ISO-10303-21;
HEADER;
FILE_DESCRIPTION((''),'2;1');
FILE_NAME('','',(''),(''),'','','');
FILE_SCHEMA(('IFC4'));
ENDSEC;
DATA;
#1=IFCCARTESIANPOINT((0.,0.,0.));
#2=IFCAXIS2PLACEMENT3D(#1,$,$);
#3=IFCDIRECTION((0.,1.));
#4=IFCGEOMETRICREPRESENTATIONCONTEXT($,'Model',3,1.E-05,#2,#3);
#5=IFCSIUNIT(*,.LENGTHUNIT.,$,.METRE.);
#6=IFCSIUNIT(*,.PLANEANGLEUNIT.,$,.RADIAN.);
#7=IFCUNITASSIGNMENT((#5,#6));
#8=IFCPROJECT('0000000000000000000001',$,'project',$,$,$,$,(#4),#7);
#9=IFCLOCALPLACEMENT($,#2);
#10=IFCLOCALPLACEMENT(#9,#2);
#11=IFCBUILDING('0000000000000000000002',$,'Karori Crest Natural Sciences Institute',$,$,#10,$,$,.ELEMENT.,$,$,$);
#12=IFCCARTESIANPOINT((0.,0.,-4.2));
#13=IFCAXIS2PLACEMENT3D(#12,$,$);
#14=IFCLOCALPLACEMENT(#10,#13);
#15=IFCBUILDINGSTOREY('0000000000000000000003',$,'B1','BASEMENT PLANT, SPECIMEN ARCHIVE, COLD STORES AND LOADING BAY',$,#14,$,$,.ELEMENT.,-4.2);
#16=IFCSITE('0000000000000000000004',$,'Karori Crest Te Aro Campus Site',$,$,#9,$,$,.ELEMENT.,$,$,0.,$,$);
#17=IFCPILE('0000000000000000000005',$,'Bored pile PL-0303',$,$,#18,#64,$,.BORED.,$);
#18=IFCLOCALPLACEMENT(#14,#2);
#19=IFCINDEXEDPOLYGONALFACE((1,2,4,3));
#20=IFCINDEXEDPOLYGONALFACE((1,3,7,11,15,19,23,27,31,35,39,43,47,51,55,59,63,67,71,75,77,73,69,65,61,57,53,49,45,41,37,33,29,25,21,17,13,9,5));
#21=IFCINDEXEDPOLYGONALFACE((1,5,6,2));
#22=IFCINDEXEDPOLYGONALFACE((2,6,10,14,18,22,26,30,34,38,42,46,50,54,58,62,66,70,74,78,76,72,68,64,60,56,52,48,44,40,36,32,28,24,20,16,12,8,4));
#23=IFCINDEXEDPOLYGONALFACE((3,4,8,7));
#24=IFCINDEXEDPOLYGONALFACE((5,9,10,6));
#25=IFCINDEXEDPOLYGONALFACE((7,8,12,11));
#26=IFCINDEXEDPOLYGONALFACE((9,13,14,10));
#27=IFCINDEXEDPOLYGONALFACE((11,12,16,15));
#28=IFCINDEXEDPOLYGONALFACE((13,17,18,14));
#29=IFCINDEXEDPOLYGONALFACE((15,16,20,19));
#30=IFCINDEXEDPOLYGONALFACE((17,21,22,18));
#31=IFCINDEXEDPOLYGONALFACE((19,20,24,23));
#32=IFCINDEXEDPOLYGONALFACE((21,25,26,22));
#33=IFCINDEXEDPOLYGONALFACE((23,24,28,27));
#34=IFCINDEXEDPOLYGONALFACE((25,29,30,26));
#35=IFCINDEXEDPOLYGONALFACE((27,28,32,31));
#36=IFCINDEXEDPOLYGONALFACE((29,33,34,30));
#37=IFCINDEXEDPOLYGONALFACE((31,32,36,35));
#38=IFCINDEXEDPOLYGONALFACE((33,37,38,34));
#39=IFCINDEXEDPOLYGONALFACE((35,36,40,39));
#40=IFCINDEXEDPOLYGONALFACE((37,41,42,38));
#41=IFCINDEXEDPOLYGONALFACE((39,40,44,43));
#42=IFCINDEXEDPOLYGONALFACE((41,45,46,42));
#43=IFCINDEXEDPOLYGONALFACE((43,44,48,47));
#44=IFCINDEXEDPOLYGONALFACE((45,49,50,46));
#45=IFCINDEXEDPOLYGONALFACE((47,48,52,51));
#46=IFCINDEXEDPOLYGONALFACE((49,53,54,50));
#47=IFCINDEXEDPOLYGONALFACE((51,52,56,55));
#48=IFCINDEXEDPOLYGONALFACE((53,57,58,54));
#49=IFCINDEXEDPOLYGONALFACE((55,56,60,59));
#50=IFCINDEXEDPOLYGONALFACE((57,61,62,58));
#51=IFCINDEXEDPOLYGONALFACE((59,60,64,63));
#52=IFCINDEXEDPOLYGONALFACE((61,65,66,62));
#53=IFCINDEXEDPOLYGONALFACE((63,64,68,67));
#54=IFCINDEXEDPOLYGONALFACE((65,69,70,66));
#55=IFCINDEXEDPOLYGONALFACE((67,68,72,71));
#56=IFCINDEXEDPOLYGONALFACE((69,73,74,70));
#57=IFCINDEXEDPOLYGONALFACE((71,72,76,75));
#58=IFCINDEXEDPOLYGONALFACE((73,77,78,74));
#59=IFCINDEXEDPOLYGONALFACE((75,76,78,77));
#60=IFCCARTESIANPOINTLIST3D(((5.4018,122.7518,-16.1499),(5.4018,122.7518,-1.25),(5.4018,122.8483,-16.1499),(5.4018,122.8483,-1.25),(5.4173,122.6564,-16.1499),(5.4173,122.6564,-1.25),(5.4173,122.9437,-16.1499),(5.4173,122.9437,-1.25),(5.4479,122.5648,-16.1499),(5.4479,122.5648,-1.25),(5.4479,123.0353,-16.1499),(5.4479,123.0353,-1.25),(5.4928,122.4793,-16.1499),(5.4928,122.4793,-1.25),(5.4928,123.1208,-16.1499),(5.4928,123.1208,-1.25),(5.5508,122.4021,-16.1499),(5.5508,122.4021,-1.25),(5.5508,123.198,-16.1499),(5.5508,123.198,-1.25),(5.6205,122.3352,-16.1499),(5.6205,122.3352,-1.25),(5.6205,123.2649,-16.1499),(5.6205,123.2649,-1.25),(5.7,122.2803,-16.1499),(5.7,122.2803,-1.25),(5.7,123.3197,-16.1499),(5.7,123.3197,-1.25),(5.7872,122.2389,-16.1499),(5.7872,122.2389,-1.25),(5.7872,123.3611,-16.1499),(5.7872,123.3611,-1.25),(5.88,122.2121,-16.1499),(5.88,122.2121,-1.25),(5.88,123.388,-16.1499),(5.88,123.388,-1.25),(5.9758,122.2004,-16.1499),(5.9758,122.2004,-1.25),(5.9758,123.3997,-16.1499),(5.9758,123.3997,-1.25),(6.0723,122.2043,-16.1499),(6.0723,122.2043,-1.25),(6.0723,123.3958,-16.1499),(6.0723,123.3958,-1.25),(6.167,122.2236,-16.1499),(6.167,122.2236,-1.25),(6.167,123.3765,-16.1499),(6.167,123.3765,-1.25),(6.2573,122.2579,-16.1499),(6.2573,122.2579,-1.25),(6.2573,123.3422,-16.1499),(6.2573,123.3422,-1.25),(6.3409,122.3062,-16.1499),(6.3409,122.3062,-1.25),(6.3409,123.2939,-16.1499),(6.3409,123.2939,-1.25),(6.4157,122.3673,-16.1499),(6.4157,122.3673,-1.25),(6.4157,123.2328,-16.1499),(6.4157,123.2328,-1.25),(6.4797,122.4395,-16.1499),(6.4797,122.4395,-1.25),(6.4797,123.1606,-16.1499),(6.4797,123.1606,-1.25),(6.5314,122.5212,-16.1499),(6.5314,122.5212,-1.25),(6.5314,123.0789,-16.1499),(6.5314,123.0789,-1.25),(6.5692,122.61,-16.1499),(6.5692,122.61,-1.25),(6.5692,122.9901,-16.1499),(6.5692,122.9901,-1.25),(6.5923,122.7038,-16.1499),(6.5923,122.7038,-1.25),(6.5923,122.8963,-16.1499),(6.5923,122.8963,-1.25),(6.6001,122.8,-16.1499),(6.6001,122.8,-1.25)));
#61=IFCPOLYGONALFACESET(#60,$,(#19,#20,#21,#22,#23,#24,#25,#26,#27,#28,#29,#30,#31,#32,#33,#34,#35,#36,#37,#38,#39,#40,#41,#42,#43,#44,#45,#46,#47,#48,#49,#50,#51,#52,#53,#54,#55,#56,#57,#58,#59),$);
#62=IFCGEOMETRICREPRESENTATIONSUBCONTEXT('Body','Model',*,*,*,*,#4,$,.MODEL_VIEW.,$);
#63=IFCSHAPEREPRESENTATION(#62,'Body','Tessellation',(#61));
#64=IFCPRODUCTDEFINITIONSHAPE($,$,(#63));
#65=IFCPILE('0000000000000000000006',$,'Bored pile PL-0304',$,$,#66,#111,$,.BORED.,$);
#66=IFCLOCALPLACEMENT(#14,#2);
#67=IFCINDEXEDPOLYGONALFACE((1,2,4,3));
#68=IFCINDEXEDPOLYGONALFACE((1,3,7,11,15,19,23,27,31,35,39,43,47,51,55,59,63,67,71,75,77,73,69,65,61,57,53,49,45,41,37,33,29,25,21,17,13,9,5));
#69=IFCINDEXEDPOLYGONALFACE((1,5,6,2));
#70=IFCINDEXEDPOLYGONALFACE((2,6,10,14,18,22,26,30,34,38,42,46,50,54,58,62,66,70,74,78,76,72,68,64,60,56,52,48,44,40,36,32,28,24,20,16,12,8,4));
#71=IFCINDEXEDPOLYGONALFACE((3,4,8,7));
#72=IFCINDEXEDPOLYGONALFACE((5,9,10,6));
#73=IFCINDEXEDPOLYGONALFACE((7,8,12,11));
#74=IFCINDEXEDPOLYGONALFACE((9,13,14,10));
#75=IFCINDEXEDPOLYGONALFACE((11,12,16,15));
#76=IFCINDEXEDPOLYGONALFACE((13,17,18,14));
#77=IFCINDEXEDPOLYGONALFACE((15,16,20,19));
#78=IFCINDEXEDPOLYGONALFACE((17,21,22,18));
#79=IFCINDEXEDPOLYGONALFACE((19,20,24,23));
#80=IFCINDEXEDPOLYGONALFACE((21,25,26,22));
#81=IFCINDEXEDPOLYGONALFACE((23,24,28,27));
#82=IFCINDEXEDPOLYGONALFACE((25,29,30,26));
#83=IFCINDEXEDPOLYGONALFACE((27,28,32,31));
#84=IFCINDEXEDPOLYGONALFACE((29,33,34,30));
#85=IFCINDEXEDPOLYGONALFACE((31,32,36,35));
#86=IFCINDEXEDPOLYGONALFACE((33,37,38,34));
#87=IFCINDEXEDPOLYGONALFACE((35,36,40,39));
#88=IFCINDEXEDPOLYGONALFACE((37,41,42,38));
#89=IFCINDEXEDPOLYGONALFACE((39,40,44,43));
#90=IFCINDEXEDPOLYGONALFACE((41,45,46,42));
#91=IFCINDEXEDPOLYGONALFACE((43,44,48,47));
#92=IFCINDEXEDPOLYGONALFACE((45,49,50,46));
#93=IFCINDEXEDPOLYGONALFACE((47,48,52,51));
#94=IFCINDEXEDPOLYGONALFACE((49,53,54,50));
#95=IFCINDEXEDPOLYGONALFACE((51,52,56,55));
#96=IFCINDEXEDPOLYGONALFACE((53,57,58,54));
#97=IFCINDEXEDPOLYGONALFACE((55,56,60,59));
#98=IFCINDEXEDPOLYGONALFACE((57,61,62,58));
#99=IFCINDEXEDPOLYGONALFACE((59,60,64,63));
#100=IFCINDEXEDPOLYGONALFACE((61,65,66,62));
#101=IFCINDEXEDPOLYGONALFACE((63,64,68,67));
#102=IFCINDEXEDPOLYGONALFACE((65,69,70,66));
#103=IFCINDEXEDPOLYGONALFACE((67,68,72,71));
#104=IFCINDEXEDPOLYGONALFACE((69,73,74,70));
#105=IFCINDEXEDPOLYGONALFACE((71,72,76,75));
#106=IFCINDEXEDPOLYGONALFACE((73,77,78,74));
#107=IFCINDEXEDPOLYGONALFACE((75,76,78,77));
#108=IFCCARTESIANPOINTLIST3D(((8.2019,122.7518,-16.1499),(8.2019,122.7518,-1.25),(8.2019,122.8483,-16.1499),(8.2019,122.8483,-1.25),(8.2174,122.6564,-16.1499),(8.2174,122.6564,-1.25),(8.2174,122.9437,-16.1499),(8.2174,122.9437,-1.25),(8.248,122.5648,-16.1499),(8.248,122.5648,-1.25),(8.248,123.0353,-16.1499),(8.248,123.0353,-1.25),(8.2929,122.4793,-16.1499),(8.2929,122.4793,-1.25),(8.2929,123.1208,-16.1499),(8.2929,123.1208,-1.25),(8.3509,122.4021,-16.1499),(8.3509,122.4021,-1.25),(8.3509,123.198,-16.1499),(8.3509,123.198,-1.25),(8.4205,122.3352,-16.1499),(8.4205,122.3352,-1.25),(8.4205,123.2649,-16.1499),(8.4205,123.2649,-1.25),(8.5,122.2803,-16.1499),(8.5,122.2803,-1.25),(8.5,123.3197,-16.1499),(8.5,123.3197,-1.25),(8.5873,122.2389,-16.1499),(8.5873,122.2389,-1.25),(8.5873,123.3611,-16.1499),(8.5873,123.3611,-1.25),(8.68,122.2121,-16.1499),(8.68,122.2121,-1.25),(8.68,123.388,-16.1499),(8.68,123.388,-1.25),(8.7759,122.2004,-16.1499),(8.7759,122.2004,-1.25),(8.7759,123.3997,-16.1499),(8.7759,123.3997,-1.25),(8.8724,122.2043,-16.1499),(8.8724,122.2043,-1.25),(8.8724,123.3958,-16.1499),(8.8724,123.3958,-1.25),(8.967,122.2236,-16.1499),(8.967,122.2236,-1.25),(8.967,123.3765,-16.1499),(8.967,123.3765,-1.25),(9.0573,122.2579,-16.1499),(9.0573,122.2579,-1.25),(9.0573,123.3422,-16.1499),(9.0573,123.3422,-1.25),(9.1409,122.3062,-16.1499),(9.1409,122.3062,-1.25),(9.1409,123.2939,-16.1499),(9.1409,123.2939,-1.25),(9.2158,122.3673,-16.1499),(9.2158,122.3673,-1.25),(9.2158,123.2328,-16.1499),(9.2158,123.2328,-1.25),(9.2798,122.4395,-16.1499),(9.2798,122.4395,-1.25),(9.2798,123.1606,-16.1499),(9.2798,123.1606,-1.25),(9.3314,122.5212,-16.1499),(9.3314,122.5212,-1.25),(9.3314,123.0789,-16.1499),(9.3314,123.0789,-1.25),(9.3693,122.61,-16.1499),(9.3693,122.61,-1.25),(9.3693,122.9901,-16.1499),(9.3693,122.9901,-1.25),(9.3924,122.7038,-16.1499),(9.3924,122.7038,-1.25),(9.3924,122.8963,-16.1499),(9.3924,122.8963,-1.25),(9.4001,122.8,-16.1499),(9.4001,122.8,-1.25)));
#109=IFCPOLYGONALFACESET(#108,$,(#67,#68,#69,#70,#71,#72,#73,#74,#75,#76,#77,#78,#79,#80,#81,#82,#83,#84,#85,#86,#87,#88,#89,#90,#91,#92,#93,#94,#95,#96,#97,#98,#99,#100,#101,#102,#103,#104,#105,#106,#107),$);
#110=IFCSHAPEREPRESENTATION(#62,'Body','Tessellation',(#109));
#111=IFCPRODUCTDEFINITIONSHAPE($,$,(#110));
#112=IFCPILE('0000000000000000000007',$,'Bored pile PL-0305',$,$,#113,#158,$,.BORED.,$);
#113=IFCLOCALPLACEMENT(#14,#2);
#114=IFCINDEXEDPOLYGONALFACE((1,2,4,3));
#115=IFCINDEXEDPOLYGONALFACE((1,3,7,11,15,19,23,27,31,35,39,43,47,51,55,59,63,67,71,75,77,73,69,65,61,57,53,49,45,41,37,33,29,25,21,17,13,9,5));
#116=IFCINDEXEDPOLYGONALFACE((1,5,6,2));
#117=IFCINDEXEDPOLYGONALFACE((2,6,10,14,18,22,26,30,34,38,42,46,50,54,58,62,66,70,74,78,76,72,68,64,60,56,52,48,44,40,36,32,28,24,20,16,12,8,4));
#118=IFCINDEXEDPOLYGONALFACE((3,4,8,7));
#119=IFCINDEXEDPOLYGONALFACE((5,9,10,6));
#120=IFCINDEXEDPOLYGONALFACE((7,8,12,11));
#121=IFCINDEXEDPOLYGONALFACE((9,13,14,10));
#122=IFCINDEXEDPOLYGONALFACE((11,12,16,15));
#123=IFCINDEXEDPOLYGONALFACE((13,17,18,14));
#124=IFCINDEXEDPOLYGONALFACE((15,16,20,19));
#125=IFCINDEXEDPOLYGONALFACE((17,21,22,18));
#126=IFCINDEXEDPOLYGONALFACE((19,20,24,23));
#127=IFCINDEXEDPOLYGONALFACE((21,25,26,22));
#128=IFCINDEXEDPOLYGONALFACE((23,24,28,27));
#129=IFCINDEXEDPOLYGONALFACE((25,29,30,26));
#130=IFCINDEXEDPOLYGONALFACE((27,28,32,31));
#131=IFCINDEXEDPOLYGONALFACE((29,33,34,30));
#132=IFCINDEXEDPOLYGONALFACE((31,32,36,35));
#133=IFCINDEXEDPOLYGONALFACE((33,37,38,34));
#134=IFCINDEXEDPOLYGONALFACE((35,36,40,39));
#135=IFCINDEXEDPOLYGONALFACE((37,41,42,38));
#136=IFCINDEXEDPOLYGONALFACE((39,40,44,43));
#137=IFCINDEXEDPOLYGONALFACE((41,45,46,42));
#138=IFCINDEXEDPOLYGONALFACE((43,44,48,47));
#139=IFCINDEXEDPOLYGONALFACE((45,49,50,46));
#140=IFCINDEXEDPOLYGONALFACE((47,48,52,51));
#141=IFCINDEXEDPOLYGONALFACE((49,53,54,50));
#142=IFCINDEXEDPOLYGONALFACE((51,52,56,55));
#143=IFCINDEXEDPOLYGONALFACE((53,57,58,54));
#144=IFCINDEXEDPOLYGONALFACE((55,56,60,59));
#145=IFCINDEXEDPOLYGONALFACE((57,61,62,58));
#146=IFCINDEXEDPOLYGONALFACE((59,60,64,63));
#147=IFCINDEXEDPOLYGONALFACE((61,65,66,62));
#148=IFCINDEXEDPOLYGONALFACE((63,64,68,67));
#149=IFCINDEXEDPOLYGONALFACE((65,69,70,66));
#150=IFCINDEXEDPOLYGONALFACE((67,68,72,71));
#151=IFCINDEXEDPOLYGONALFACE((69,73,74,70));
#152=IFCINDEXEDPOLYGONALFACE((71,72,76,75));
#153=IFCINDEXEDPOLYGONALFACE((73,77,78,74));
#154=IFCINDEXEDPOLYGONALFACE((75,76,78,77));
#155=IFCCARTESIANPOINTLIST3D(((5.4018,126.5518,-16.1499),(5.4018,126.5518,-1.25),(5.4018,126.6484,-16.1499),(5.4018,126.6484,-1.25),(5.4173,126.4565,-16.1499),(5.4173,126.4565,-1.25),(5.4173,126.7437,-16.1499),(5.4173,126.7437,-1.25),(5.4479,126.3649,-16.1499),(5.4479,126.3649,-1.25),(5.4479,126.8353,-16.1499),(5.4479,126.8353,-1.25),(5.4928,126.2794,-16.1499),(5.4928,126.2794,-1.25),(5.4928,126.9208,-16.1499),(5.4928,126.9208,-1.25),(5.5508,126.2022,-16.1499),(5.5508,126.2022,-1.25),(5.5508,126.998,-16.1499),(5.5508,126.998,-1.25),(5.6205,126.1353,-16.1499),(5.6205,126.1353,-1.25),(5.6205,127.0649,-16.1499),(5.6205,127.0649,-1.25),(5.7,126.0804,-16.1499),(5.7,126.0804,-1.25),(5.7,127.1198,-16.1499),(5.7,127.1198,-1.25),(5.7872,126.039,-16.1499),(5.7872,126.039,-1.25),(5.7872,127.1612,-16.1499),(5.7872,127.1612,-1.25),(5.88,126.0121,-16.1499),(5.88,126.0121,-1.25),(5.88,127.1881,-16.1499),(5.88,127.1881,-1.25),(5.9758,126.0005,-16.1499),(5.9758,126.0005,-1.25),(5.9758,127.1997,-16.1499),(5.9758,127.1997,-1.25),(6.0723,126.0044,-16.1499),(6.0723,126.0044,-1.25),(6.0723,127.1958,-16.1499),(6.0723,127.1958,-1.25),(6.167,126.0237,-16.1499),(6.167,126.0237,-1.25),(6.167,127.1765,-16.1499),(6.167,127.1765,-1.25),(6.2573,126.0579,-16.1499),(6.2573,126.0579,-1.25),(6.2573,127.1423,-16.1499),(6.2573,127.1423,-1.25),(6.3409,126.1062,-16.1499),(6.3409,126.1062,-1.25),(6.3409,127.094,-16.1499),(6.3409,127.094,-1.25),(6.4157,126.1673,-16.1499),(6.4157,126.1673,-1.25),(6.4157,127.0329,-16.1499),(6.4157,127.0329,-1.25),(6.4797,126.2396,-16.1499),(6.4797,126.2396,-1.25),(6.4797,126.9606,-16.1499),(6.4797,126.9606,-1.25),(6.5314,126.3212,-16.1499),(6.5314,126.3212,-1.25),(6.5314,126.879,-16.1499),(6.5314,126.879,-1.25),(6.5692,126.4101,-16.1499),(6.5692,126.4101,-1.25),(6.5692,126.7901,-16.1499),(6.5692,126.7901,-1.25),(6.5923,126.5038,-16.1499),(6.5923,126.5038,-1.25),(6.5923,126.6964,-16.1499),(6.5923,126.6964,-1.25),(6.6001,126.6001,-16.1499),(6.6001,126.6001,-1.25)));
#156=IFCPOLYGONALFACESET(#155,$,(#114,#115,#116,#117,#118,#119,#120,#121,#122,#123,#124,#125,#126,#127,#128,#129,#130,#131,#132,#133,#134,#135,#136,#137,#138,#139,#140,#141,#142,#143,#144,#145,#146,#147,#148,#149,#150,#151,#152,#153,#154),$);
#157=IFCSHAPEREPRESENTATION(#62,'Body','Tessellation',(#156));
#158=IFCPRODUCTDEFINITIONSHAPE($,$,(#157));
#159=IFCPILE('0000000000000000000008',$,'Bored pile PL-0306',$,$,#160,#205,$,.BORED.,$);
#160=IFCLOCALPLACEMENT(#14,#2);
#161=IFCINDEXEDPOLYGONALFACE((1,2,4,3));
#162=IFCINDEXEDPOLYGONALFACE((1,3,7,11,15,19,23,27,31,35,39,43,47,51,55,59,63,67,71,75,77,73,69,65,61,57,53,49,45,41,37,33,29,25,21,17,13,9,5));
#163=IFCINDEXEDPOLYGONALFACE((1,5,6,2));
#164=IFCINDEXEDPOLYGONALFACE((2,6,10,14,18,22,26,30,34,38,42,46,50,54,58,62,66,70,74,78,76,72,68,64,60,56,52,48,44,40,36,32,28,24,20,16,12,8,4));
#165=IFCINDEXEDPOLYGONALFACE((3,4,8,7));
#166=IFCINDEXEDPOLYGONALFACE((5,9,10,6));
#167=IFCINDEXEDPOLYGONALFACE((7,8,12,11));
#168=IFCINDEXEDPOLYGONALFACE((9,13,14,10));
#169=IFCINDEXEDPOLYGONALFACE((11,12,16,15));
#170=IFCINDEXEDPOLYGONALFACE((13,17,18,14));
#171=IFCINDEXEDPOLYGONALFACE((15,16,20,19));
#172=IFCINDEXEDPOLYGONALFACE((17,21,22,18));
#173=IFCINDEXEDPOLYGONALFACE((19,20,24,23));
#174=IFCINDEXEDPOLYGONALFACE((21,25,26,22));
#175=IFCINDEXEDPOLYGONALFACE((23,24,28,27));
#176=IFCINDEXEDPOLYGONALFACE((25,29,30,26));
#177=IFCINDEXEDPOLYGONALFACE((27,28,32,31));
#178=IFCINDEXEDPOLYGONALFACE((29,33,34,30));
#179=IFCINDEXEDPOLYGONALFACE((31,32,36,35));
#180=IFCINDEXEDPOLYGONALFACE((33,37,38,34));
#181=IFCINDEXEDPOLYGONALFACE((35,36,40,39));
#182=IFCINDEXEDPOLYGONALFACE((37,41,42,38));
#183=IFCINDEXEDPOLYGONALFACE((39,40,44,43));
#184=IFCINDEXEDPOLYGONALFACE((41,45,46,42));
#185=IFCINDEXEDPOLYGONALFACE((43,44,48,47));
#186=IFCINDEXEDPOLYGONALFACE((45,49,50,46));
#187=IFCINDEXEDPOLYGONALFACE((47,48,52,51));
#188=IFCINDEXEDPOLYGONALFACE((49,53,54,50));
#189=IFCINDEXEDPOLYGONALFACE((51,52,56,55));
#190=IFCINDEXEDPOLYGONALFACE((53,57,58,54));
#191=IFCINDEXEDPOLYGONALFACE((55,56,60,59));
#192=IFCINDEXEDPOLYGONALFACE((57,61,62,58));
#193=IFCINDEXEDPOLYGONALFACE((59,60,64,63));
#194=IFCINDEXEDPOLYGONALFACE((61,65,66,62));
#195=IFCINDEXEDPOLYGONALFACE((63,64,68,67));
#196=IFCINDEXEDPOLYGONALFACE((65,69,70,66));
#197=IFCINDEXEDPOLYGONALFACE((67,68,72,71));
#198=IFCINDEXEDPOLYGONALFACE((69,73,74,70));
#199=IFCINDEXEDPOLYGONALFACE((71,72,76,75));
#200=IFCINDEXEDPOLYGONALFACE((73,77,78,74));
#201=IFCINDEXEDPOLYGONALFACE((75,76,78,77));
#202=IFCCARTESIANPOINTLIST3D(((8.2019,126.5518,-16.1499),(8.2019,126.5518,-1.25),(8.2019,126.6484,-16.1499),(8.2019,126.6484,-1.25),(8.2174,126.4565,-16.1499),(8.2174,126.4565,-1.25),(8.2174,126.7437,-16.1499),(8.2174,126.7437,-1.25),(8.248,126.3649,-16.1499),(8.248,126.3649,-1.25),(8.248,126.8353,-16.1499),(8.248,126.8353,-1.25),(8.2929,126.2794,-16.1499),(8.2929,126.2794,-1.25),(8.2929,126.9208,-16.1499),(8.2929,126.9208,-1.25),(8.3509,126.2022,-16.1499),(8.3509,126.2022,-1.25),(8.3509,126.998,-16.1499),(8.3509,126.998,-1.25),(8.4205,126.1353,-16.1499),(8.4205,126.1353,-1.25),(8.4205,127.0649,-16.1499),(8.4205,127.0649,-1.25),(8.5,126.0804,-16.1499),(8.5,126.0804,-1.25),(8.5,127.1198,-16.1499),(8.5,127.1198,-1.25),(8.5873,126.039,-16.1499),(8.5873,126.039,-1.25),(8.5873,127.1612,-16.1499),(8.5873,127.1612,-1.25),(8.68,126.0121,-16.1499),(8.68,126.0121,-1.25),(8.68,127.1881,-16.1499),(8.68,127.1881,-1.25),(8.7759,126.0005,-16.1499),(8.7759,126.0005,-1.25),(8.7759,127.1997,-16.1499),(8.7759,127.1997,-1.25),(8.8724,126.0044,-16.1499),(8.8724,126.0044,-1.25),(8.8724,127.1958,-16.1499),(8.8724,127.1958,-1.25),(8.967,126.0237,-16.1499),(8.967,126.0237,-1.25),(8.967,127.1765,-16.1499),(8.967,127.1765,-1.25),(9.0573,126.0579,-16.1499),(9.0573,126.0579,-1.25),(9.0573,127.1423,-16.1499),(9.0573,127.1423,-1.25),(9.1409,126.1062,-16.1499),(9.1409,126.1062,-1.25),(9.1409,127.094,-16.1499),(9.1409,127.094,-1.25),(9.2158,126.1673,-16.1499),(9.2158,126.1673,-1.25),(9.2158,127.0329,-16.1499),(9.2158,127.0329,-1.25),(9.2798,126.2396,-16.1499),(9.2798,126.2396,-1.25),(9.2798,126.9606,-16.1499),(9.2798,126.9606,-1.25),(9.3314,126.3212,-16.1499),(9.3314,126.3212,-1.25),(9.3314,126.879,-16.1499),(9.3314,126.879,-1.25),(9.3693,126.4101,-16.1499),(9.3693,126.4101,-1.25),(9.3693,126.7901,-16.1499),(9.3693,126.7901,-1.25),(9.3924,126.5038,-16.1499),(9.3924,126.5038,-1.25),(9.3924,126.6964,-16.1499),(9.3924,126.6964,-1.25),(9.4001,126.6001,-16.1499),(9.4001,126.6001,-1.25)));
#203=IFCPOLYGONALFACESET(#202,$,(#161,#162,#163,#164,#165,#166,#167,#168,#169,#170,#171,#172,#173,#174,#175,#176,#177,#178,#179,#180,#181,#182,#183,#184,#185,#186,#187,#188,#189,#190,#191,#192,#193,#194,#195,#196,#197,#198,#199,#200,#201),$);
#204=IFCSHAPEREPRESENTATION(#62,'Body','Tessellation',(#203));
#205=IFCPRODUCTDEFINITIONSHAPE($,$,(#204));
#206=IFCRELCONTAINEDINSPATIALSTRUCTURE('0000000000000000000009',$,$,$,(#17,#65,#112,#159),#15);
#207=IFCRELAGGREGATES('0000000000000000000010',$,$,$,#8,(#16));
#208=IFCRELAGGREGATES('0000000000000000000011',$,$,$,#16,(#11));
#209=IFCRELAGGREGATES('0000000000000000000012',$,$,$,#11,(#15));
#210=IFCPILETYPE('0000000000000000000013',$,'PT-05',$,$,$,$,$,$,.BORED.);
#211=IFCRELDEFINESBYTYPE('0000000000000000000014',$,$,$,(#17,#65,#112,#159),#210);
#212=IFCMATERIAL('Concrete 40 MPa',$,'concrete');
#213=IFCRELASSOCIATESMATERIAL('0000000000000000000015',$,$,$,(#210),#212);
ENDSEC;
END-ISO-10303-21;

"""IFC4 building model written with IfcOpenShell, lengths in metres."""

from ifc_helpers import new_model, si_unit, direction, frame, origin, origin_2d, place, context, subcontext, project, spatial, circle, extrude, material, material_profile, profile_set, type_object, element, save


model = new_model("IFC4")

# Units and contexts
model_context = context("Model", 3, precision=1e-05, world=origin(), true_north=direction((0.0, 1.0)))
body_context = subcontext(model_context, "Body", "Model", "MODEL_VIEW")
ifc_project = project(units=[si_unit("LENGTHUNIT", "METRE"), si_unit("PLANEANGLEUNIT", "RADIAN")], contexts=[model_context])

# Site, building, storey
site_placement = place(None, origin())
site = spatial("IfcSite", under=ifc_project, at=site_placement, Name="Karori Crest Te Aro Campus Site", CompositionType="ELEMENT", RefElevation=0.0)
building_placement = place(site_placement, origin())
building = spatial("IfcBuilding", under=site, at=building_placement, Name="Karori Crest Natural Sciences Institute", CompositionType="ELEMENT")
storey_placement = place(building_placement, frame((0.0, 0.0, -4.2)))
storey = spatial("IfcBuildingStorey", under=building, at=storey_placement, Name="B1", Description="BASEMENT PLANT, SPECIMEN ARCHIVE, COLD STORES AND LOADING BAY", CompositionType="ELEMENT", Elevation=-4.2)

# Shared definitions
ifc_material_1 = material(Name="Concrete 40 MPa", Category="concrete")

# Piles
ifc_material_profile_1 = material_profile(ifc_material_1, circle(Radius=0.6001, at=origin_2d()), Name="PILE1200")
ifc_profile_set_1 = profile_set([ifc_material_profile_1], Name="Concrete 40 MPa")
pile_type = type_object("IfcPileType", Name="PT-05", PredefinedType="BORED", material=ifc_profile_set_1)
for number, where, z_axis, x_axis, name in (
    (1, (6.0, 122.8, -1.25), (0.0, 0.0, -1.0), (1.0, 0.0, 0.0), "Bored pile PL-0303"),
    (2, (8.8, 122.8, -1.25), (0.0, 0.0, -1.0), (1.0, 0.0, 0.0), "Bored pile PL-0304"),
    (3, (6.0, 126.6001, -1.25), (0.0, 0.0, -1.0), (1.0, 0.0, 0.0), "Bored pile PL-0305"),
    (4, (8.8, 126.6001, -1.25), (0.0, 0.0, -1.0), (1.0, 0.0, 0.0), "Bored pile PL-0306"),
):
    element("IfcPile", number, at=place(storey_placement, frame(where, z_axis=z_axis, x_axis=x_axis)), inside=storey, type_object=pile_type, Name=name, PredefinedType="BORED", context=body_context, shape_type="SweptSolid", body=[
        extrude(circle(Radius=0.6001, at=origin_2d()), origin(), (0.0, 0.0, 1.0), 14.8999),
    ])

save(model, "model.ifc")
